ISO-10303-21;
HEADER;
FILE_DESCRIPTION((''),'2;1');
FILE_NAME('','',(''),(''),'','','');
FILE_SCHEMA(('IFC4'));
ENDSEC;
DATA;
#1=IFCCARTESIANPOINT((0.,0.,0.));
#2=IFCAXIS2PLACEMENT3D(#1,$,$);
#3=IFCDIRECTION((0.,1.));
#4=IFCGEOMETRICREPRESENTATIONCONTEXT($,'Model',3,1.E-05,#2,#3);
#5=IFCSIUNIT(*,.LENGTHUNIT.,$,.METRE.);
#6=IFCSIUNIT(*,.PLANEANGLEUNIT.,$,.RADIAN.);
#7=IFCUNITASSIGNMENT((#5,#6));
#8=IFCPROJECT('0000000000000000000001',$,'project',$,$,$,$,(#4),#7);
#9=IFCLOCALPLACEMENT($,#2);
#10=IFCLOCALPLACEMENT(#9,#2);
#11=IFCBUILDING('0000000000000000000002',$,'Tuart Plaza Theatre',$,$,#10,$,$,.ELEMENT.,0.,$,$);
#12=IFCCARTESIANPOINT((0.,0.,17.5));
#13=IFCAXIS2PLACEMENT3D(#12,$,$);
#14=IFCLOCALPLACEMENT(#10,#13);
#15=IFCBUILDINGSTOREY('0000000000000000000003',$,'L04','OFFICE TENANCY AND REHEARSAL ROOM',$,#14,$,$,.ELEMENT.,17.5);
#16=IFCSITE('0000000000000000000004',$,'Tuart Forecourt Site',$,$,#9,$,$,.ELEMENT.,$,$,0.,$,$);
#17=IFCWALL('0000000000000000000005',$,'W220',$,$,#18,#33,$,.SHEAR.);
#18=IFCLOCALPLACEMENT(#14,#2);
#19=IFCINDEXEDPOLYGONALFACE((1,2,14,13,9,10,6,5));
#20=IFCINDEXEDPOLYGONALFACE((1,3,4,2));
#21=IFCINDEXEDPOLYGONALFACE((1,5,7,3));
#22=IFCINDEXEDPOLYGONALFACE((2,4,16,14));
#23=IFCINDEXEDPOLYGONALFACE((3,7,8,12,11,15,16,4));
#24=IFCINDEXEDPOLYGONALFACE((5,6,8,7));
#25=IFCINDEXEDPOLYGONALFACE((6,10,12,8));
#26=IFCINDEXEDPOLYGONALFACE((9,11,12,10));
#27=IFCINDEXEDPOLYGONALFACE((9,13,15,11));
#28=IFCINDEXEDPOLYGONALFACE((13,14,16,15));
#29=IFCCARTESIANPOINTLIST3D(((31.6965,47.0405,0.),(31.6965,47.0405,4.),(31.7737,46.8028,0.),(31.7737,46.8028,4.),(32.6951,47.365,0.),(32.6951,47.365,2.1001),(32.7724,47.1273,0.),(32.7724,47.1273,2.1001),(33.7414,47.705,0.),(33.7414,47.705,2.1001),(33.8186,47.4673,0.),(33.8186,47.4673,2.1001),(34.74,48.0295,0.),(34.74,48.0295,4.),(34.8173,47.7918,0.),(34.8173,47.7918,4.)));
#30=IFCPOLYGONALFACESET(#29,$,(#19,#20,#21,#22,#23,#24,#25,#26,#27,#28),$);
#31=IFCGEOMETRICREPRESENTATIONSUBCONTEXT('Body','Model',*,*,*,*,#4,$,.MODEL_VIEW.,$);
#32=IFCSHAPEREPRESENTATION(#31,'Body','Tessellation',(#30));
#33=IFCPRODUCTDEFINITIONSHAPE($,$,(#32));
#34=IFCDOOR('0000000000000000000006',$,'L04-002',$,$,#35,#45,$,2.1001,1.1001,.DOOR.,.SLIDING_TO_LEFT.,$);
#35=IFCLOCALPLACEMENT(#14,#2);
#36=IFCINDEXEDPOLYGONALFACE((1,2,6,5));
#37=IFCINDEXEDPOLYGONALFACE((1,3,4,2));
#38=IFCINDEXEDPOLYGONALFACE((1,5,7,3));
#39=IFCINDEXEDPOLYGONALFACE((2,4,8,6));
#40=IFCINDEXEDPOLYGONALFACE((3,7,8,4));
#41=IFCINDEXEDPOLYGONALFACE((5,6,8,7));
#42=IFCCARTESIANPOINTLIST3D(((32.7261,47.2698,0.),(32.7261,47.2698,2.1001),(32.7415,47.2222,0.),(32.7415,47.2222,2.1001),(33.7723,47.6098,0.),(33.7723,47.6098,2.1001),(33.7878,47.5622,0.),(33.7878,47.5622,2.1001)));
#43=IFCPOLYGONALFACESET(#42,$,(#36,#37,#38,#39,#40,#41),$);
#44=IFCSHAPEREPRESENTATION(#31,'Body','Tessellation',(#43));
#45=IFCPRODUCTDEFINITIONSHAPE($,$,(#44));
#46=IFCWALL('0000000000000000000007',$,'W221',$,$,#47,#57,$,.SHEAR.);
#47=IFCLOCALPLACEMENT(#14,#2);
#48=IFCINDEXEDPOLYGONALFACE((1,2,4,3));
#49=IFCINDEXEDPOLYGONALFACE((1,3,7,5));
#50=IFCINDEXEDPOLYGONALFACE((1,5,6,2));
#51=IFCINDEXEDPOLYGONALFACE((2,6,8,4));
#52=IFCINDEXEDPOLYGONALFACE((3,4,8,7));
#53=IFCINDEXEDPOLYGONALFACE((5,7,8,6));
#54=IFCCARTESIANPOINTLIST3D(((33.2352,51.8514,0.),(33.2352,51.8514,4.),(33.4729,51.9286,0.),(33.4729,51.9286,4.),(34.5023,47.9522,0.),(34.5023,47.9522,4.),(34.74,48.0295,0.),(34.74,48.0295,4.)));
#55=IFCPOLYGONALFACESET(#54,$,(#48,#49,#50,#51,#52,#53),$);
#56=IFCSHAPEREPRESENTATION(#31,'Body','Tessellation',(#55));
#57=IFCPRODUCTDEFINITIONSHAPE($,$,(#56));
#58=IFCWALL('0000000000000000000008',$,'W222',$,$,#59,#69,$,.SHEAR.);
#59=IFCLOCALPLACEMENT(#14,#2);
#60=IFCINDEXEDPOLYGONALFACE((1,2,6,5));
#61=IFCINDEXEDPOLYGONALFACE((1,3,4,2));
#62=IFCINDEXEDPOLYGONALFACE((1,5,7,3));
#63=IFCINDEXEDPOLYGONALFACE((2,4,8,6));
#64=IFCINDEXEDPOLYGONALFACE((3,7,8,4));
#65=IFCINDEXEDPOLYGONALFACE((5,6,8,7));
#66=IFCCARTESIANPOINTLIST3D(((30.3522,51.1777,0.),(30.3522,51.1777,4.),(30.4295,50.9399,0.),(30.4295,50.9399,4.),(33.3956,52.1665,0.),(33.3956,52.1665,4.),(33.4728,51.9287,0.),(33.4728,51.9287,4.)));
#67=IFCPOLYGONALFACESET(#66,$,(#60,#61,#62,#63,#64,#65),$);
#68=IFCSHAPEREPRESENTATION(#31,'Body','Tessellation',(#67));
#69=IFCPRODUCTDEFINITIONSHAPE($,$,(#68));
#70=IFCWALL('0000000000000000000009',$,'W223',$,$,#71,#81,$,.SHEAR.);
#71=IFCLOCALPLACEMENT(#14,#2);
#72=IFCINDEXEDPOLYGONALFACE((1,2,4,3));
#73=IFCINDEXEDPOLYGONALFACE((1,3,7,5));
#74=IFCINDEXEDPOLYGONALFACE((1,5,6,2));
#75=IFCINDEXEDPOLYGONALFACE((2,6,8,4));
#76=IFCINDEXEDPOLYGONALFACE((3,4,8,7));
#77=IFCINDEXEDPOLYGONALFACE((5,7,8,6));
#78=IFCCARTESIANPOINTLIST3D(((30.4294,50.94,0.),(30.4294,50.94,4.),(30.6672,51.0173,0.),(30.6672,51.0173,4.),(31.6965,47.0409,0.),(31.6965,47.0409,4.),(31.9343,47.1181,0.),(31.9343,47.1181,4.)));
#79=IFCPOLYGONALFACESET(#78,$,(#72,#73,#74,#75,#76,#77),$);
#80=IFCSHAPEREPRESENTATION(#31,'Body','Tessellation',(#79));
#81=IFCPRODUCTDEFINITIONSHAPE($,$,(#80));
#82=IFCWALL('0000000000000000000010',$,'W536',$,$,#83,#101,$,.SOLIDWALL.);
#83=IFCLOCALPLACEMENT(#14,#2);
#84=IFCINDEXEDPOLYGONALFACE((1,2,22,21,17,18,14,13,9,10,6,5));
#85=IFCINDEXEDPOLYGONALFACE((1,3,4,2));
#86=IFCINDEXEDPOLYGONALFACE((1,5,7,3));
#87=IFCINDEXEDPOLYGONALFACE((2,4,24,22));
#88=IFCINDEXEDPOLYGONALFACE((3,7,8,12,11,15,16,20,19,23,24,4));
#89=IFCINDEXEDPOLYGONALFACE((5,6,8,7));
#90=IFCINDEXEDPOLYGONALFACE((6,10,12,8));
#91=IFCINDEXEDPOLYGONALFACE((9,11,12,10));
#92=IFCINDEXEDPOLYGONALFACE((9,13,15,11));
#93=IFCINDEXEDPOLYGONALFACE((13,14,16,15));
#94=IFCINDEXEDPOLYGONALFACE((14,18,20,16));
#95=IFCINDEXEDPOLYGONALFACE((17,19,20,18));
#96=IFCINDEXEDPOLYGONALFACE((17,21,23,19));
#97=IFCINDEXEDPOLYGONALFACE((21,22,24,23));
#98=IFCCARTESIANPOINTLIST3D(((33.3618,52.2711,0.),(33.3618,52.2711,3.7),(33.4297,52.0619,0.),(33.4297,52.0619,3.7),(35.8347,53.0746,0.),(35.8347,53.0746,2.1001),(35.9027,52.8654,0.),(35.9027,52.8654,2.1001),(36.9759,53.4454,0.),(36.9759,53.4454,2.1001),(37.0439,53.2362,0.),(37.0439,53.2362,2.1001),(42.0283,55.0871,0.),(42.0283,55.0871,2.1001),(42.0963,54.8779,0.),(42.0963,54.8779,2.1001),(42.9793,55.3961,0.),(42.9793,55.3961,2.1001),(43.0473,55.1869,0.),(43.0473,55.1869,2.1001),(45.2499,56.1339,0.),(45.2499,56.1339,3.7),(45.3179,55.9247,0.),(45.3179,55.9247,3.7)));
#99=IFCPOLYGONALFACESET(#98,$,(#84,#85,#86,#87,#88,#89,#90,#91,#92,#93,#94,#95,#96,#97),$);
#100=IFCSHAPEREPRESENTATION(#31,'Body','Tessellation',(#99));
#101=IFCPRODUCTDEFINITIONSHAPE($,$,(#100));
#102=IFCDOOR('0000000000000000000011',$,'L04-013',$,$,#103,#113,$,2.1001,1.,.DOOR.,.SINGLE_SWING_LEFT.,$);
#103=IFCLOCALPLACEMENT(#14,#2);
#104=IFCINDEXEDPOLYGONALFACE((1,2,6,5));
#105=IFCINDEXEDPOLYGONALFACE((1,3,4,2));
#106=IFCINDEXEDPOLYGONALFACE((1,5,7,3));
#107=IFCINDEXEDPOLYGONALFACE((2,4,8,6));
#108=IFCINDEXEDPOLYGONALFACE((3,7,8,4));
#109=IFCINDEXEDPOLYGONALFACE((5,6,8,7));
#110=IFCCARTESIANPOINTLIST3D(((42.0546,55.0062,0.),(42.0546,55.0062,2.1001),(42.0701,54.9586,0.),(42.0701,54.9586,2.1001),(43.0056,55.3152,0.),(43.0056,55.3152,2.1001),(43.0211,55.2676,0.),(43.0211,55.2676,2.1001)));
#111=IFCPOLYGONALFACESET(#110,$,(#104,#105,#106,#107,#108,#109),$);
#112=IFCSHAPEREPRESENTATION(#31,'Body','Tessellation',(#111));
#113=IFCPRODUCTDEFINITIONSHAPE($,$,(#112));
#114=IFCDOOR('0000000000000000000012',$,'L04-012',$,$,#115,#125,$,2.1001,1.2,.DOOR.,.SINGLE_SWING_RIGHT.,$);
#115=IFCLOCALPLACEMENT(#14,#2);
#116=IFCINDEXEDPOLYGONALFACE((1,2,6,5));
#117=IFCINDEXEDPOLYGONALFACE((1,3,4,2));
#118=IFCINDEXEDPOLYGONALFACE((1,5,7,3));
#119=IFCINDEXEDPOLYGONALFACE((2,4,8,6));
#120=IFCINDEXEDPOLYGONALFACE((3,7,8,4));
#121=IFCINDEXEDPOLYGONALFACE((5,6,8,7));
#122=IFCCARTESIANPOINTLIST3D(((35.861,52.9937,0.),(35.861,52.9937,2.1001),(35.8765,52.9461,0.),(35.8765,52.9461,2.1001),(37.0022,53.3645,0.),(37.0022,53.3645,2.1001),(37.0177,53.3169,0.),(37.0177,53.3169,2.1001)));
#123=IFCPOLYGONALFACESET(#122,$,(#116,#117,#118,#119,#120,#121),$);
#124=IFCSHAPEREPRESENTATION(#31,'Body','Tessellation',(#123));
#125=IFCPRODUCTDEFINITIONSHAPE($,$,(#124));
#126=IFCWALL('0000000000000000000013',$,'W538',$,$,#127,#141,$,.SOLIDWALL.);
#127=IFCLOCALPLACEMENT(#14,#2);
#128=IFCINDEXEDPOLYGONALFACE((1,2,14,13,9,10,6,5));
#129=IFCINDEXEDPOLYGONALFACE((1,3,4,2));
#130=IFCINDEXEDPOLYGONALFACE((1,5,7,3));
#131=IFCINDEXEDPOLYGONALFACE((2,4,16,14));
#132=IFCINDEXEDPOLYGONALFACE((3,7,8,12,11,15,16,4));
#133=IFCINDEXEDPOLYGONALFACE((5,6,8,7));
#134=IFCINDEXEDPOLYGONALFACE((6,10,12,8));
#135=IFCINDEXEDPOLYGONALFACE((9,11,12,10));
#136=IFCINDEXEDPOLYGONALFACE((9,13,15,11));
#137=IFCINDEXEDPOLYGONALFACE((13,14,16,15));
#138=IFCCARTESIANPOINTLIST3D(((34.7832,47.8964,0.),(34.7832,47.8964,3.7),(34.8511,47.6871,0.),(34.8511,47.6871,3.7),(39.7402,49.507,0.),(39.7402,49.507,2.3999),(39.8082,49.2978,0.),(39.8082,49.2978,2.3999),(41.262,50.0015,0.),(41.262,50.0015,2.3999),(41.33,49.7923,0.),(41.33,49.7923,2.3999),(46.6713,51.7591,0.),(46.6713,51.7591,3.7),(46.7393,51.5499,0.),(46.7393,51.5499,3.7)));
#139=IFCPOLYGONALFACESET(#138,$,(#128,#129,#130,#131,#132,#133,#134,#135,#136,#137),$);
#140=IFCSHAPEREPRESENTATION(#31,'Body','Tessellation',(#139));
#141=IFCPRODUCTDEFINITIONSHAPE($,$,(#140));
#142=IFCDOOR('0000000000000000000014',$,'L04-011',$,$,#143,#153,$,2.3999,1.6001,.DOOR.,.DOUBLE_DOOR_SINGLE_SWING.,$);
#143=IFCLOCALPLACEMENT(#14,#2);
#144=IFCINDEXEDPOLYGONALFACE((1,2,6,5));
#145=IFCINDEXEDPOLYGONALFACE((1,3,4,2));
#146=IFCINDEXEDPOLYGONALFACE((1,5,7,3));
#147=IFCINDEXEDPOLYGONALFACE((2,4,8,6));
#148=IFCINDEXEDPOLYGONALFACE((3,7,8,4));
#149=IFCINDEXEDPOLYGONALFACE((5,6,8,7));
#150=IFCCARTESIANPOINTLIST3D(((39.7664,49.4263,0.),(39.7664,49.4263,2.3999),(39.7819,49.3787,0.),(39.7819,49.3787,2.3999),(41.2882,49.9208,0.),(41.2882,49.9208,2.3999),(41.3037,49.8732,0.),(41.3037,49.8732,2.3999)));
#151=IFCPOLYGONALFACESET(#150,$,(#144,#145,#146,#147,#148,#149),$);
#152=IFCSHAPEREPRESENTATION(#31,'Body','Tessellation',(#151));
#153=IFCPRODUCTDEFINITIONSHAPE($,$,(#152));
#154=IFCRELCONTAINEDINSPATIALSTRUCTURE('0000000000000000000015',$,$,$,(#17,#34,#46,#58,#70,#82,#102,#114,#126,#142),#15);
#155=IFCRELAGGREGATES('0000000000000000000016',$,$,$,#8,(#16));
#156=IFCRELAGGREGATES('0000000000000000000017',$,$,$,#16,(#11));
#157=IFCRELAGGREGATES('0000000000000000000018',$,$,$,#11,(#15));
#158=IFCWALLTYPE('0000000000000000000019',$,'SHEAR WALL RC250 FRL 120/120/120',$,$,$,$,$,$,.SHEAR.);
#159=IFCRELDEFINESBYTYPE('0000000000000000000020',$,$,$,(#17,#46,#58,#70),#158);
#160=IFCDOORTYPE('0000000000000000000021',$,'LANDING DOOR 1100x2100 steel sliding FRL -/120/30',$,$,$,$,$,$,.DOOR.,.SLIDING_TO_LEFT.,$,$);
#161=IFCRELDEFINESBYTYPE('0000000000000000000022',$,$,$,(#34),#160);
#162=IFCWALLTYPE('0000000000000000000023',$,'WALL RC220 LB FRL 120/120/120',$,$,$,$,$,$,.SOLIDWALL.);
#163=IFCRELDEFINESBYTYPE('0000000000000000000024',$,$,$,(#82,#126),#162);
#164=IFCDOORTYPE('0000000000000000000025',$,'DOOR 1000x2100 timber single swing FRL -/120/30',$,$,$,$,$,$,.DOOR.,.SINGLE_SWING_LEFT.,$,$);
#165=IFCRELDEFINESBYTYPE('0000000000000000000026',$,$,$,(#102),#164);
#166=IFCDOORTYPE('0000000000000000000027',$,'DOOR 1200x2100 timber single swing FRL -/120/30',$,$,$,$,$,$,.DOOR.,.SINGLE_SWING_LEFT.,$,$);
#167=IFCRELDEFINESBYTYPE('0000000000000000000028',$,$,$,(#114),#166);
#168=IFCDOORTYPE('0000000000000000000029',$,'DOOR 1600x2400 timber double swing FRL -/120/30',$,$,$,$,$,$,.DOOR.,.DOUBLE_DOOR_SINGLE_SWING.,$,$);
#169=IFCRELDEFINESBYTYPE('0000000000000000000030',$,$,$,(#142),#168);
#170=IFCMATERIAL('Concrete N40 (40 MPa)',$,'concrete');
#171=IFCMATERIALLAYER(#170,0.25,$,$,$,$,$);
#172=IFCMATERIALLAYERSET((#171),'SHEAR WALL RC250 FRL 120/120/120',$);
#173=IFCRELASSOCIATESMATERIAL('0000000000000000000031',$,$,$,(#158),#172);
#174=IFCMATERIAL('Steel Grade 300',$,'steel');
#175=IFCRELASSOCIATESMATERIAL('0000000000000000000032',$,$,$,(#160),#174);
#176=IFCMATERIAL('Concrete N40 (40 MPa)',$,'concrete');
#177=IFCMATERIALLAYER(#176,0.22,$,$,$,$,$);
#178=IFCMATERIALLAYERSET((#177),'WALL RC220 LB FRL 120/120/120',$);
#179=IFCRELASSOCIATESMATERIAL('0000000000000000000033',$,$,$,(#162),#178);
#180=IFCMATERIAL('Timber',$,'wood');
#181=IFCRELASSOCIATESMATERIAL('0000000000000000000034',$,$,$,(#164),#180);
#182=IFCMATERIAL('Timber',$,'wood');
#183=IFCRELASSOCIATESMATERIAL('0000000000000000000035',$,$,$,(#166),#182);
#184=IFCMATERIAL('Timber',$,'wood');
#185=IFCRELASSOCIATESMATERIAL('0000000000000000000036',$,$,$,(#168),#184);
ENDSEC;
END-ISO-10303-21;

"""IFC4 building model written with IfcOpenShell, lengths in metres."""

from ifc_helpers import new_model, si_unit, direction, frame, frame_2d, origin, place, context, subcontext, project, spatial, rectangle, extrude, material, layer, layer_set, type_object, element, fill, save


model = new_model("IFC4")

# Units and contexts
model_context = context("Model", 3, precision=1e-05, world=origin(), true_north=direction((0.0, 1.0)))
body_context = subcontext(model_context, "Body", "Model", "MODEL_VIEW")
ifc_project = project(units=[si_unit("LENGTHUNIT", "METRE"), si_unit("PLANEANGLEUNIT", "RADIAN")], contexts=[model_context])

# Site, building, storey
site_placement = place(None, origin())
site = spatial("IfcSite", under=ifc_project, at=site_placement, Name="Tuart Forecourt Site", CompositionType="ELEMENT", RefElevation=0.0)
building_placement = place(site_placement, origin())
building = spatial("IfcBuilding", under=site, at=building_placement, Name="Tuart Plaza Theatre", CompositionType="ELEMENT", ElevationOfRefHeight=0.0)
storey_placement = place(building_placement, frame((0.0, 0.0, 17.5)))
storey = spatial("IfcBuildingStorey", under=building, at=storey_placement, Name="L04", Description="OFFICE TENANCY AND REHEARSAL ROOM", CompositionType="ELEMENT", Elevation=17.5)

# Shared definitions
ifc_material_1 = material(Name="Concrete N40 (40 MPa)", Category="concrete")
ifc_layer_1 = layer(ifc_material_1, 0.25)
ifc_layer_set_1 = layer_set([ifc_layer_1], Name="SHEAR WALL RC250 FRL 120/120/120")
wall_type_1 = type_object("IfcWallType", Name="SHEAR WALL RC250 FRL 120/120/120", PredefinedType="SHEAR", material=ifc_layer_set_1)

# Shared definitions
ifc_material_2 = material(Name="Steel Grade 300", Category="steel")
door_type_1 = type_object("IfcDoorType", Name="LANDING DOOR 1100x2100 steel sliding FRL -/120/30", OperationType="SLIDING_TO_LEFT", PredefinedType="DOOR", material=ifc_material_2)

# Wall, opening, door
wall_1_placement = place(storey_placement, frame((31.7351, 46.9216, 0.0), z_axis=(0.0, 0.0, 1.0), x_axis=(0.951044, 0.309055, 0.0)))
wall_1 = element("IfcWall", 1, at=wall_1_placement, inside=storey, type_object=wall_type_1, Name="W220", PredefinedType="SHEAR", context=body_context, shape_type="SweptSolid", body=[
    extrude(rectangle(XDim=3.2002, YDim=0.25, at=frame_2d((1.6001, 0.0))), origin(), (0.0, 0.0, 1.0), 4.0),
])
opening_1_placement = place(wall_1_placement, frame((1.05, 0.0, 0.0)))
opening_1 = element("IfcOpeningElement", 2, at=opening_1_placement, cuts=wall_1, PredefinedType="OPENING", context=body_context, shape_type="SweptSolid", body=[
    extrude(rectangle(XDim=1.1001, YDim=2.1001, at=frame_2d((0.55, 1.05))), frame((0.0, 0.135, 0.0), z_axis=(0.0, -1.0, 0.0), x_axis=(1.0, 0.0, 0.0)), (0.0, 0.0, 1.0), 0.27),
])
door_1_placement = place(opening_1_placement, origin())
door_1 = element("IfcDoor", 3, at=door_1_placement, inside=storey, type_object=door_type_1, Name="L04-002", OperationType="SLIDING_TO_LEFT", OverallHeight=2.1001, OverallWidth=1.1001, PredefinedType="DOOR", context=body_context, shape_type="SweptSolid", body=[
    extrude(rectangle(XDim=1.1001, YDim=2.1001, at=frame_2d((0.55, 1.05))), frame((0.0, 0.0249, 0.0), z_axis=(0.0, -1.0, 0.0), x_axis=(1.0, 0.0, 0.0)), (0.0, 0.0, 1.0), 0.05),
])
fill(opening_1, door_1)

# Walls
wall_2_placement = place(storey_placement, frame((34.6211, 47.991, 0.0), z_axis=(0.0, 0.0, 1.0), x_axis=(-0.309055, 0.951044, 0.0)))
element("IfcWall", 4, at=wall_2_placement, inside=storey, type_object=wall_type_1, Name="W221", PredefinedType="SHEAR", context=body_context, shape_type="SweptSolid", body=[
    extrude(rectangle(XDim=4.0999, YDim=0.25, at=frame_2d((2.0498, 0.0))), origin(), (0.0, 0.0, 1.0), 4.0),
])
wall_3_placement = place(storey_placement, frame((33.4343, 52.0476, 0.0), z_axis=(0.0, 0.0, 1.0), x_axis=(-0.951067, -0.308986, 0.0)))
element("IfcWall", 5, at=wall_3_placement, inside=storey, type_object=wall_type_1, Name="W222", PredefinedType="SHEAR", context=body_context, shape_type="SweptSolid", body=[
    extrude(rectangle(XDim=3.2, YDim=0.25, at=frame_2d((1.6001, 0.0))), origin(), (0.0, 0.0, 1.0), 4.0),
])
wall_4_placement = place(storey_placement, frame((30.5483, 50.9785, 0.0), z_axis=(0.0, 0.0, 1.0), x_axis=(0.309055, -0.951044, 0.0)))
element("IfcWall", 6, at=wall_4_placement, inside=storey, type_object=wall_type_1, Name="W223", PredefinedType="SHEAR", context=body_context, shape_type="SweptSolid", body=[
    extrude(rectangle(XDim=4.0999, YDim=0.25, at=frame_2d((2.0498, 0.0))), origin(), (0.0, 0.0, 1.0), 4.0),
])

# Wall, openings, doors
ifc_material_3 = material(Name="Concrete N40 (40 MPa)", Category="concrete")
ifc_layer_2 = layer(ifc_material_3, 0.22)
ifc_layer_set_2 = layer_set([ifc_layer_2], Name="WALL RC220 LB FRL 120/120/120")
wall_type_2 = type_object("IfcWallType", Name="WALL RC220 LB FRL 120/120/120", PredefinedType="SOLIDWALL", material=ifc_layer_set_2)
wall_5_placement = place(storey_placement, frame((33.3958, 52.1665, 0.0), z_axis=(0.0, 0.0, 1.0), x_axis=(0.951054, 0.309023, 0.0)))
wall_5 = element("IfcWall", 7, at=wall_5_placement, inside=storey, type_object=wall_type_2, Name="W536", PredefinedType="SOLIDWALL", context=body_context, shape_type="SweptSolid", body=[
    extrude(rectangle(XDim=12.5, YDim=0.22, at=frame_2d((6.25, 0.0))), origin(), (0.0, 0.0, 1.0), 3.7),
])
opening_2_placement = place(wall_5_placement, frame((2.6001, 0.0, 0.0)))
opening_2 = element("IfcOpeningElement", 8, at=opening_2_placement, cuts=wall_5, PredefinedType="OPENING", context=body_context, shape_type="SweptSolid", body=[
    extrude(rectangle(XDim=1.2, YDim=2.1001, at=frame_2d((0.6001, 1.05))), frame((0.0, 0.1199, 0.0), z_axis=(0.0, -1.0, 0.0), x_axis=(1.0, 0.0, 0.0)), (0.0, 0.0, 1.0), 0.24),
])
opening_3_placement = place(wall_5_placement, frame((9.1125, 0.0, 0.0)))
opening_3 = element("IfcOpeningElement", 9, at=opening_3_placement, cuts=wall_5, PredefinedType="OPENING", context=body_context, shape_type="SweptSolid", body=[
    extrude(rectangle(XDim=1.0, YDim=2.1001, at=frame_2d((0.5, 1.05))), frame((0.0, 0.1199, 0.0), z_axis=(0.0, -1.0, 0.0), x_axis=(1.0, 0.0, 0.0)), (0.0, 0.0, 1.0), 0.24),
])
ifc_material_4 = material(Name="Timber", Category="wood")
door_type_2 = type_object("IfcDoorType", Name="DOOR 1000x2100 timber single swing FRL -/120/30", OperationType="SINGLE_SWING_LEFT", PredefinedType="DOOR", material=ifc_material_4)
door_2_placement = place(opening_3_placement, origin())
door_2 = element("IfcDoor", 10, at=door_2_placement, inside=storey, type_object=door_type_2, Name="L04-013", OperationType="SINGLE_SWING_LEFT", OverallHeight=2.1001, OverallWidth=1.0, PredefinedType="DOOR", context=body_context, shape_type="SweptSolid", body=[
    extrude(rectangle(XDim=1.0, YDim=2.1001, at=frame_2d((0.5, 1.05))), frame((0.0, 0.0249, 0.0), z_axis=(0.0, -1.0, 0.0), x_axis=(1.0, 0.0, 0.0)), (0.0, 0.0, 1.0), 0.05),
])
fill(opening_3, door_2)
ifc_material_5 = material(Name="Timber", Category="wood")
door_type_3 = type_object("IfcDoorType", Name="DOOR 1200x2100 timber single swing FRL -/120/30", OperationType="SINGLE_SWING_LEFT", PredefinedType="DOOR", material=ifc_material_5)
door_3_placement = place(opening_2_placement, origin())
door_3 = element("IfcDoor", 11, at=door_3_placement, inside=storey, type_object=door_type_3, Name="L04-012", OperationType="SINGLE_SWING_RIGHT", OverallHeight=2.1001, OverallWidth=1.2, PredefinedType="DOOR", context=body_context, shape_type="SweptSolid", body=[
    extrude(rectangle(XDim=1.2, YDim=2.1001, at=frame_2d((0.6001, 1.05))), frame((0.0, 0.0249, 0.0), z_axis=(0.0, -1.0, 0.0), x_axis=(1.0, 0.0, 0.0)), (0.0, 0.0, 1.0), 0.05),
])
fill(opening_2, door_3)

# Wall, opening, door
wall_6_placement = place(storey_placement, frame((34.8171, 47.7917, 0.0), z_axis=(0.0, 0.0, 1.0), x_axis=(0.951054, 0.309023, 0.0)))
wall_6 = element("IfcWall", 12, at=wall_6_placement, inside=storey, type_object=wall_type_2, Name="W538", PredefinedType="SOLIDWALL", context=body_context, shape_type="SweptSolid", body=[
    extrude(rectangle(XDim=12.5, YDim=0.22, at=frame_2d((6.25, 0.0))), origin(), (0.0, 0.0, 1.0), 3.7),
])
opening_4_placement = place(wall_6_placement, frame((5.2122, 0.0, 0.0)))
opening_4 = element("IfcOpeningElement", 13, at=opening_4_placement, cuts=wall_6, PredefinedType="OPENING", context=body_context, shape_type="SweptSolid", body=[
    extrude(rectangle(XDim=1.6001, YDim=2.3999, at=frame_2d((0.8, 1.2))), frame((0.0, 0.1199, 0.0), z_axis=(0.0, -1.0, 0.0), x_axis=(1.0, 0.0, 0.0)), (0.0, 0.0, 1.0), 0.24),
])
ifc_material_6 = material(Name="Timber", Category="wood")
door_type_4 = type_object("IfcDoorType", Name="DOOR 1600x2400 timber double swing FRL -/120/30", OperationType="DOUBLE_DOOR_SINGLE_SWING", PredefinedType="DOOR", material=ifc_material_6)
door_4_placement = place(opening_4_placement, frame((1.6001, 0.0, 0.0), z_axis=(0.0, 0.0, 1.0), x_axis=(-1.0, 0.0, 0.0)))
door_4 = element("IfcDoor", 14, at=door_4_placement, inside=storey, type_object=door_type_4, Name="L04-011", OperationType="DOUBLE_DOOR_SINGLE_SWING", OverallHeight=2.3999, OverallWidth=1.6001, PredefinedType="DOOR", context=body_context, shape_type="SweptSolid", body=[
    extrude(rectangle(XDim=1.6001, YDim=2.3999, at=frame_2d((0.8, 1.2))), frame((0.0, 0.0249, 0.0), z_axis=(0.0, -1.0, 0.0), x_axis=(1.0, 0.0, 0.0)), (0.0, 0.0, 1.0), 0.05),
])
fill(opening_4, door_4)

save(model, "model.ifc")
